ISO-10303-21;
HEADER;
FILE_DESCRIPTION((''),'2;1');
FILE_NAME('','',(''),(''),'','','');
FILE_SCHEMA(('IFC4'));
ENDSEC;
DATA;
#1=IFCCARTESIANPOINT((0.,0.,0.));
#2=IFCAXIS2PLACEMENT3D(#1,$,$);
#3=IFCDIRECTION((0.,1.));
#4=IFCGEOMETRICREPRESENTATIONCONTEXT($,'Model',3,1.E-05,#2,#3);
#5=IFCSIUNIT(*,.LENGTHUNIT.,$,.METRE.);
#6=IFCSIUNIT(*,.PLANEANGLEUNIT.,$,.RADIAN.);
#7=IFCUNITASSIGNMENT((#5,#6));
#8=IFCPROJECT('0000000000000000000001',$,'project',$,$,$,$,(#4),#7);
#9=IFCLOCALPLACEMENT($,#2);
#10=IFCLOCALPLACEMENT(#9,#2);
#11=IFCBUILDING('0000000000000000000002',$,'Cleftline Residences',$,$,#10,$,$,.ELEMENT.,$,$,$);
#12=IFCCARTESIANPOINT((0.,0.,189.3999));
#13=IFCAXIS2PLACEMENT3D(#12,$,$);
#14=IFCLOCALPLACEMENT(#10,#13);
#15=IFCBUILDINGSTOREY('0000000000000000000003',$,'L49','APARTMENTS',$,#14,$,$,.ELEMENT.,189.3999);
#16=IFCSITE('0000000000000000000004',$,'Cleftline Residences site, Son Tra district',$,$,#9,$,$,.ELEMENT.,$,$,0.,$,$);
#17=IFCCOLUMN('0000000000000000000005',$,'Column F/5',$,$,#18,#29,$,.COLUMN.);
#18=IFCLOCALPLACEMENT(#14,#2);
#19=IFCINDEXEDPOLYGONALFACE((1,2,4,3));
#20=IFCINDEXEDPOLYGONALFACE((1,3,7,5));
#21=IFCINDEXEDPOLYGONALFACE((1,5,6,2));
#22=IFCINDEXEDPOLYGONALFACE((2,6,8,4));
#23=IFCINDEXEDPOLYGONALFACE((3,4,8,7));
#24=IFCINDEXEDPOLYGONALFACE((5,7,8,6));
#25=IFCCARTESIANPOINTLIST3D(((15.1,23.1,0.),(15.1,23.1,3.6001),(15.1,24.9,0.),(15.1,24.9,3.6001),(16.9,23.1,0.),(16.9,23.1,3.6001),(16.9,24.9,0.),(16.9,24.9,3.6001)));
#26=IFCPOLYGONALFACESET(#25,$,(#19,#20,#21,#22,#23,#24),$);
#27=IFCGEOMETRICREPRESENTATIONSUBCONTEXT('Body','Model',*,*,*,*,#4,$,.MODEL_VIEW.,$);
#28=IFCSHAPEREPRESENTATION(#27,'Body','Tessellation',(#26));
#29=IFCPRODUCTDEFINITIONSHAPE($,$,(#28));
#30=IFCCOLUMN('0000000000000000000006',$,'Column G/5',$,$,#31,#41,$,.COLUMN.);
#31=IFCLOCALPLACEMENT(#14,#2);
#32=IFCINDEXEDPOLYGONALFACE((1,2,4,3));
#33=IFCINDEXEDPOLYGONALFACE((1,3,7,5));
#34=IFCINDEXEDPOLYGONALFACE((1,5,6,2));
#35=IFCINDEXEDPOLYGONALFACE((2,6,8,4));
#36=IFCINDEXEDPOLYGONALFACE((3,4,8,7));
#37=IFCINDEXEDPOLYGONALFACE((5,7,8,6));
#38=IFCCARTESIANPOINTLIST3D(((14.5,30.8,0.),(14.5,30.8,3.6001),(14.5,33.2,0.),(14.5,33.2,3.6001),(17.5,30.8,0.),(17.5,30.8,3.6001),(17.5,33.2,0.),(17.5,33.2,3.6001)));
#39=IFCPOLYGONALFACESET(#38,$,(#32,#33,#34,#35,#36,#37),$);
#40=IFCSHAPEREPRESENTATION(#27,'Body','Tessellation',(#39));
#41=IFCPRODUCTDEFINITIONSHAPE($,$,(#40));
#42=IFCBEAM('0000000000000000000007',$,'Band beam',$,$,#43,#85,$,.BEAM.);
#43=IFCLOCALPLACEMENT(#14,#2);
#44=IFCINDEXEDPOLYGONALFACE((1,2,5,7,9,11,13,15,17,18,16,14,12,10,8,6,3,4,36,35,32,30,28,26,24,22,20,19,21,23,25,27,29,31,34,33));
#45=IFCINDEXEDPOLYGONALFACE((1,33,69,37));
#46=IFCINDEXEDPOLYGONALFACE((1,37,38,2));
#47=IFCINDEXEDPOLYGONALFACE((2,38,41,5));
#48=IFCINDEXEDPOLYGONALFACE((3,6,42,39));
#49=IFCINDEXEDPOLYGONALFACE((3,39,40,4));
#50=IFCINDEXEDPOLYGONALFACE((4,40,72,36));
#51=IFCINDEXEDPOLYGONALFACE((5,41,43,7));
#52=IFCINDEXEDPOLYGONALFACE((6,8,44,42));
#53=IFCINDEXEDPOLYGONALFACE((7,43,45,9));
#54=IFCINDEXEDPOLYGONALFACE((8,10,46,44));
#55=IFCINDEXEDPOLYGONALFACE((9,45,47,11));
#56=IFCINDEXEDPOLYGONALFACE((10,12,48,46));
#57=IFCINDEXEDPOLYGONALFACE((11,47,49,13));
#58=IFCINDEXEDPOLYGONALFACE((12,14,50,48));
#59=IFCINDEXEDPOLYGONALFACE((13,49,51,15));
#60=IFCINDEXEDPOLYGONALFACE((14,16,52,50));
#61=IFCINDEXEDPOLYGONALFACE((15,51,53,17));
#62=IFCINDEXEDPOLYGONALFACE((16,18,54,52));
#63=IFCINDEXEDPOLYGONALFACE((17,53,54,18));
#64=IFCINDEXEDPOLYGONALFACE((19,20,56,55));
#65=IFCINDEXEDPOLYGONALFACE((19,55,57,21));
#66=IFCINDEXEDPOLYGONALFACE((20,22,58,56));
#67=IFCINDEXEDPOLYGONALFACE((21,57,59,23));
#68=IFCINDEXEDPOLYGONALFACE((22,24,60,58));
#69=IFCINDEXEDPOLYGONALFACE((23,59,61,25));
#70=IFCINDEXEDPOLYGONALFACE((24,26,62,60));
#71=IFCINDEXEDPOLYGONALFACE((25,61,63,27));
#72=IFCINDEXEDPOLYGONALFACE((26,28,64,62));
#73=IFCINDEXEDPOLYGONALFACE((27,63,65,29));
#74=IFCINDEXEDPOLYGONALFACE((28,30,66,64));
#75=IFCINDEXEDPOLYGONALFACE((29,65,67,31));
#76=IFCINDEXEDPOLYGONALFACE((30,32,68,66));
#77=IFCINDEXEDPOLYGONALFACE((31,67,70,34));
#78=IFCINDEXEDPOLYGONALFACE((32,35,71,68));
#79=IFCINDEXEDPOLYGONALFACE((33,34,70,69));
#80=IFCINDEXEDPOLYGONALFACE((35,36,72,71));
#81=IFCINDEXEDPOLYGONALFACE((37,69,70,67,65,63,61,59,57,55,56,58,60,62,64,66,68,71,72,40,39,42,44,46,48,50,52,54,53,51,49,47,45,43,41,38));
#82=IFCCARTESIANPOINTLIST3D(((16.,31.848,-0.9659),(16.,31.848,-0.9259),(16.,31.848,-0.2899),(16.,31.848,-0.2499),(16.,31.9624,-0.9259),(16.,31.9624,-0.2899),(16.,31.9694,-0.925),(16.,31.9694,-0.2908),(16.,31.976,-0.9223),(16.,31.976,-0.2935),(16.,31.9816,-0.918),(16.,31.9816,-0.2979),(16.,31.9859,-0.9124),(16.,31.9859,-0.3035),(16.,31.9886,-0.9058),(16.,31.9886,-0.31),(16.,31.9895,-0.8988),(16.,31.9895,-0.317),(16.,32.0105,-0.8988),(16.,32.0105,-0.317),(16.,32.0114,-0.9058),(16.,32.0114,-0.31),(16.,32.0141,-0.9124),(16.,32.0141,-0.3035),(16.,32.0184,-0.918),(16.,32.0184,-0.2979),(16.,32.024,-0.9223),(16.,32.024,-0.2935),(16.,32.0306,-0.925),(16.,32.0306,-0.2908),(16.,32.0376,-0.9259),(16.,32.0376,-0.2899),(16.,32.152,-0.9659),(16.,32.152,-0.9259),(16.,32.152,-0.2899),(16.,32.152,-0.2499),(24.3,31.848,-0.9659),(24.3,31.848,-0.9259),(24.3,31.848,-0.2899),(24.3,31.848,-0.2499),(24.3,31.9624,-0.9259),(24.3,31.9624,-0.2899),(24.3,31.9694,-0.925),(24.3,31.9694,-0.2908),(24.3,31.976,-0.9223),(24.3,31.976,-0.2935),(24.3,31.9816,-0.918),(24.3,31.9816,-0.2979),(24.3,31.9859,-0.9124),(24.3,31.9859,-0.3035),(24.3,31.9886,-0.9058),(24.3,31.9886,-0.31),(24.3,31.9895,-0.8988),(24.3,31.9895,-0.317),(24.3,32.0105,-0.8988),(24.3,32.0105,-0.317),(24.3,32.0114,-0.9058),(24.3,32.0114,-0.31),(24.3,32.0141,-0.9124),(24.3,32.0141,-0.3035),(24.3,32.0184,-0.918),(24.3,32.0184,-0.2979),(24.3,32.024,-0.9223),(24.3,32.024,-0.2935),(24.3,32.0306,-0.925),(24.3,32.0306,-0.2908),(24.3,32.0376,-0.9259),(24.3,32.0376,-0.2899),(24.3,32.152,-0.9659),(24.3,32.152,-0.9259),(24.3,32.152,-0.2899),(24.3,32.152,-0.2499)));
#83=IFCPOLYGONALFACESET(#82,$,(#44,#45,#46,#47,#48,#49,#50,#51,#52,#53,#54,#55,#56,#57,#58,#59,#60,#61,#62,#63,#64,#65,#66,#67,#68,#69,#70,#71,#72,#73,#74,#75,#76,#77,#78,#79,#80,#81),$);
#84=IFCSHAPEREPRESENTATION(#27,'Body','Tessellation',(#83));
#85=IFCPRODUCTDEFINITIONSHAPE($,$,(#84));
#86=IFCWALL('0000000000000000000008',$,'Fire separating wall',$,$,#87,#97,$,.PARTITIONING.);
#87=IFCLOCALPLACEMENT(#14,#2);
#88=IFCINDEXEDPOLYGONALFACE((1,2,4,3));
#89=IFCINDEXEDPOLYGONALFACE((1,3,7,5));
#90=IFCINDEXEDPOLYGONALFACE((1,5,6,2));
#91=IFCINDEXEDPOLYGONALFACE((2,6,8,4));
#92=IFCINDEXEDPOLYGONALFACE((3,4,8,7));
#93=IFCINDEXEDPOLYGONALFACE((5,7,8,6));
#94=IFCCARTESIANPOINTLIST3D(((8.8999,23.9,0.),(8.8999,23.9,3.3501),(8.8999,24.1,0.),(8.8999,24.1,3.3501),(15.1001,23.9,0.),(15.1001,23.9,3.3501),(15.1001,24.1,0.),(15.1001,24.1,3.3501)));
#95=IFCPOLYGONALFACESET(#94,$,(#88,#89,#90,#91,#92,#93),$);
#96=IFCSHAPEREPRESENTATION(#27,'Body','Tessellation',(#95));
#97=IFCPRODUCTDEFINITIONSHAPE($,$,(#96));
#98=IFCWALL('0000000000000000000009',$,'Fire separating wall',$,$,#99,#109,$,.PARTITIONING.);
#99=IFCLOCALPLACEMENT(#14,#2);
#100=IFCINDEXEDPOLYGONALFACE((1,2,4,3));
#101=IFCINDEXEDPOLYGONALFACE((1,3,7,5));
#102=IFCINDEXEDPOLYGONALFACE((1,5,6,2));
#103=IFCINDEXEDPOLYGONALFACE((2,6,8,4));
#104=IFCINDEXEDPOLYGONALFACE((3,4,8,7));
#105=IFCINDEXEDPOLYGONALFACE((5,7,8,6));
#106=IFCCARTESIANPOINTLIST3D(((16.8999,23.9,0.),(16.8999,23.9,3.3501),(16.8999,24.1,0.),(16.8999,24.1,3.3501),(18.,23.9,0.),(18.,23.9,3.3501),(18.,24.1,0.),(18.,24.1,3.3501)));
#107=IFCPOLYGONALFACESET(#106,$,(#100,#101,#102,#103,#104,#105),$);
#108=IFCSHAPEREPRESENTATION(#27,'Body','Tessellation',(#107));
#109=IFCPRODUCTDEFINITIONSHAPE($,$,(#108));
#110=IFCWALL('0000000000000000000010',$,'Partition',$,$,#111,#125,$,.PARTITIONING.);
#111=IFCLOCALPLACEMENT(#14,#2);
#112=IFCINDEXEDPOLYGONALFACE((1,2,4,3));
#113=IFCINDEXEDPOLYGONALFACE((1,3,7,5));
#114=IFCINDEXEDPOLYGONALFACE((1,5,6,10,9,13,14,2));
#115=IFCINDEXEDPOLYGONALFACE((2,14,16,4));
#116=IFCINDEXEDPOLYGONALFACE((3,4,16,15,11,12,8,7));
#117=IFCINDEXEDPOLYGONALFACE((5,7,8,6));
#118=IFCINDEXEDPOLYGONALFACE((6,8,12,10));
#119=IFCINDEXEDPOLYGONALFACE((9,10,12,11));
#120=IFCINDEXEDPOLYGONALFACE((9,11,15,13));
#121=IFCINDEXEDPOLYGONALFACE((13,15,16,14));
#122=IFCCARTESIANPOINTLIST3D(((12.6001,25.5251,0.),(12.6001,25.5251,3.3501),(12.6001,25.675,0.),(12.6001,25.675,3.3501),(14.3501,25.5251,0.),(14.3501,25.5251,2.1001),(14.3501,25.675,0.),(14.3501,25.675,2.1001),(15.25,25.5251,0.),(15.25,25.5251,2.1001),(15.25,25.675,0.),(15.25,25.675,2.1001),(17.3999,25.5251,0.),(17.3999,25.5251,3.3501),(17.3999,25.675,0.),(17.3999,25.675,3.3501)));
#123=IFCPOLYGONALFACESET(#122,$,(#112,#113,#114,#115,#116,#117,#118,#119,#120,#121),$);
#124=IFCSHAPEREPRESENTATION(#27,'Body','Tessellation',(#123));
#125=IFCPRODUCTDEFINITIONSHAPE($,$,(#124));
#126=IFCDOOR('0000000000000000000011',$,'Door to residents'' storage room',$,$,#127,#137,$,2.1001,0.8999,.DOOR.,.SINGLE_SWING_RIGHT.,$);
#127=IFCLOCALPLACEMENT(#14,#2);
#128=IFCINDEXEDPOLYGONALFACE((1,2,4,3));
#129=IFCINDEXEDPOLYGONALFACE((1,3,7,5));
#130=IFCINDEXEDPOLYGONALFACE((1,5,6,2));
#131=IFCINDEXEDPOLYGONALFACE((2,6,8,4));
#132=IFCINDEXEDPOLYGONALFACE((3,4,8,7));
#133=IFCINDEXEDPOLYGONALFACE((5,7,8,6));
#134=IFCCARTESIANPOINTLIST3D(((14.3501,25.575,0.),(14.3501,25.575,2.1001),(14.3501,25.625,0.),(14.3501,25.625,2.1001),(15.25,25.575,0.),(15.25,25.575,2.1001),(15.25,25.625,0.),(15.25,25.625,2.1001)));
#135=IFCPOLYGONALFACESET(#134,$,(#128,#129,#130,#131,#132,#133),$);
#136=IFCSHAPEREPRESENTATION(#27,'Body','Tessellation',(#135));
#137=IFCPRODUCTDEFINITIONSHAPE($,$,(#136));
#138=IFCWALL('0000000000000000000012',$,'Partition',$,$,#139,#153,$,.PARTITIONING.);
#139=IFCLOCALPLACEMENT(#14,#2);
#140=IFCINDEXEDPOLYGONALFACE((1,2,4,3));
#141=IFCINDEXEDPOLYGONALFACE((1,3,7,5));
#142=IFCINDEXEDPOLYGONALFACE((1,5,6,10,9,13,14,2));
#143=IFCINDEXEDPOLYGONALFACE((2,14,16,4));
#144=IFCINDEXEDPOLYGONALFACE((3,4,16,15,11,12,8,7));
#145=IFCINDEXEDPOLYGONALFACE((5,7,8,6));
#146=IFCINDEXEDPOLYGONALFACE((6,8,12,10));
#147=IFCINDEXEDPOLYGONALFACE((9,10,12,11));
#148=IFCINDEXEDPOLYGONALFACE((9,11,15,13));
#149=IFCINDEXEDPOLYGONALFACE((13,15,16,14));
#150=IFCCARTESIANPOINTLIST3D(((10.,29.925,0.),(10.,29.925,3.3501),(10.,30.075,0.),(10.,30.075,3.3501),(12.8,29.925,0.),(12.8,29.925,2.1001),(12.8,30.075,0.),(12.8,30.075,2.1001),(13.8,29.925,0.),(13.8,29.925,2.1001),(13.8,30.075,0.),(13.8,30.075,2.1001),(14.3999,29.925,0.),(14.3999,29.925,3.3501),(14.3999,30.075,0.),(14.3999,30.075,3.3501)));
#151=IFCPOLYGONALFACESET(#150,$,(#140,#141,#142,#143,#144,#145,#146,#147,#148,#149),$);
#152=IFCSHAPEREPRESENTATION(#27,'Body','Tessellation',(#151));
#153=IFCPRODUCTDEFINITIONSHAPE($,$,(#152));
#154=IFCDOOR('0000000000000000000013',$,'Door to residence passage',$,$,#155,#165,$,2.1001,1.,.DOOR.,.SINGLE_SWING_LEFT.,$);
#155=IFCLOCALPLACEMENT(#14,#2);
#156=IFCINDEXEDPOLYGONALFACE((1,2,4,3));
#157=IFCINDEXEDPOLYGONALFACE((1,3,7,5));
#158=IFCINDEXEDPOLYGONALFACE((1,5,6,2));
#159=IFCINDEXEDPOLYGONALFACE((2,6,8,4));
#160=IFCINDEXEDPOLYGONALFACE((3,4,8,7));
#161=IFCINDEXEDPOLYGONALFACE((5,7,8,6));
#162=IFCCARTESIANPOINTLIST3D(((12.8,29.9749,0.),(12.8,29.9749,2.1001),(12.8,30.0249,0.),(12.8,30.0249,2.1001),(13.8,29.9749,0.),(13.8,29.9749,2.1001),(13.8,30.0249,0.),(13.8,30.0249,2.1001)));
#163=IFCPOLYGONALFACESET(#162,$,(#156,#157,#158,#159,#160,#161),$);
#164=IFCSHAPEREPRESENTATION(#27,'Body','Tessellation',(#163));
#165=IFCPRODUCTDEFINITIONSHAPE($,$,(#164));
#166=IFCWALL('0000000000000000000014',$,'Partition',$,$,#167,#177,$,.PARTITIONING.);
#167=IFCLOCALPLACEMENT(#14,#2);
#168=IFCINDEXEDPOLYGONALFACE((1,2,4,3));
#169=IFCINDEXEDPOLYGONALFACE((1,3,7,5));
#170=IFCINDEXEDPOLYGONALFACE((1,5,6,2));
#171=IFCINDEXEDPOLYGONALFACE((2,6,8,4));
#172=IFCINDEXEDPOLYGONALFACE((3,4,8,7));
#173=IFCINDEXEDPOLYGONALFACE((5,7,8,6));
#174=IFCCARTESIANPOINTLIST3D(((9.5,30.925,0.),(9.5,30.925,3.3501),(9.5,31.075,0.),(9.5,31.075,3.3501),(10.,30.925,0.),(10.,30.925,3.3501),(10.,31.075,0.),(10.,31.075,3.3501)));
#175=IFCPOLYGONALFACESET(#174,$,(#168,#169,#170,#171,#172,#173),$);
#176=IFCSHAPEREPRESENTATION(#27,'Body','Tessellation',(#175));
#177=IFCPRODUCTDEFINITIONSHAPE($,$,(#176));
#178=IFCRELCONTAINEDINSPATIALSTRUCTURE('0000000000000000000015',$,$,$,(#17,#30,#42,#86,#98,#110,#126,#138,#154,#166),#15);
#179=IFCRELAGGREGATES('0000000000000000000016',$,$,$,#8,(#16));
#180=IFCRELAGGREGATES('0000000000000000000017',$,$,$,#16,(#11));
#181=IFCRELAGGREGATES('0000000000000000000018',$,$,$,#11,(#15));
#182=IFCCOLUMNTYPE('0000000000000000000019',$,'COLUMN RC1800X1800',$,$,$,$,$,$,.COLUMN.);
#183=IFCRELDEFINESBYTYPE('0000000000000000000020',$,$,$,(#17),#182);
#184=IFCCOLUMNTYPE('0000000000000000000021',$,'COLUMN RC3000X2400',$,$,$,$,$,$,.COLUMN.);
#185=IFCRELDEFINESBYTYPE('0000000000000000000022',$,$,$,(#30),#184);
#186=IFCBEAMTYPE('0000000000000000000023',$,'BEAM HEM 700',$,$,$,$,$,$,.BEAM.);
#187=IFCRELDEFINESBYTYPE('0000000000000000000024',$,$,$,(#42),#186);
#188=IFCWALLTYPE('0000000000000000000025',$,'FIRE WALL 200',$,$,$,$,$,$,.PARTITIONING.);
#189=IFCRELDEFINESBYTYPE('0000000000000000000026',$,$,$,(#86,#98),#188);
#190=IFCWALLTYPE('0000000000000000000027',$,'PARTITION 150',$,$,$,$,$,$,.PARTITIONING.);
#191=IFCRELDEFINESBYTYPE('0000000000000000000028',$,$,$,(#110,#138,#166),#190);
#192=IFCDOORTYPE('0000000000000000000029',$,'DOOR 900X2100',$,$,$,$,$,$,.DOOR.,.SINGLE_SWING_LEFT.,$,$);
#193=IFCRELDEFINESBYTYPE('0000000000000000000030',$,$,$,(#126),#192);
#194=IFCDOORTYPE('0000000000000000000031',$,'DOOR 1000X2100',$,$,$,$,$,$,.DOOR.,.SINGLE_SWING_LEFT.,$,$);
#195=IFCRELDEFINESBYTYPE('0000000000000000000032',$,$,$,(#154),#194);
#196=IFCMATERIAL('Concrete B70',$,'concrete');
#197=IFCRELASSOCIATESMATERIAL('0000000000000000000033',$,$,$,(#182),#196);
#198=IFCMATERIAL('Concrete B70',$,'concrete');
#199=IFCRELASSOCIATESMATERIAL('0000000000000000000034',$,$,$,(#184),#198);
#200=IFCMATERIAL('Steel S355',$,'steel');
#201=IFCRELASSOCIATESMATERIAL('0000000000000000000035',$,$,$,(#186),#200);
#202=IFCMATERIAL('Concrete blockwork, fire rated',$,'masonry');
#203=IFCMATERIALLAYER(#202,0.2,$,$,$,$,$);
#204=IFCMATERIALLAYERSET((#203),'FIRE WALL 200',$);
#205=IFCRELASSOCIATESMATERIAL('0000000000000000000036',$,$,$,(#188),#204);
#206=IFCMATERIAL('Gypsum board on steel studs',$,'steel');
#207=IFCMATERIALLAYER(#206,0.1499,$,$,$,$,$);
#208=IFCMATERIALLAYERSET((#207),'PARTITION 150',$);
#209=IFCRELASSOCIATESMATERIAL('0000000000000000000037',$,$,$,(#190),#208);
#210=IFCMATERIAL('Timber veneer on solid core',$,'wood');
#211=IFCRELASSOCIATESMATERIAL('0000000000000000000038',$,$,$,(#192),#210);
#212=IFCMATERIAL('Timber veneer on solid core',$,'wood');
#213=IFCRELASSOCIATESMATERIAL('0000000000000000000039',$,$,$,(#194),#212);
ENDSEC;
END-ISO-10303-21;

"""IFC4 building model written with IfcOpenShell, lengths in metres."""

from ifc_helpers import new_model, si_unit, direction, frame, frame_2d, origin, origin_2d, place, context, subcontext, project, spatial, rectangle, i_section, extrude, material, layer, layer_set, material_profile, profile_set, type_object, element, fill, save


model = new_model("IFC4")

# Units and contexts
model_context = context("Model", 3, precision=1e-05, world=origin(), true_north=direction((0.0, 1.0)))
body_context = subcontext(model_context, "Body", "Model", "MODEL_VIEW")
ifc_project = project(units=[si_unit("LENGTHUNIT", "METRE"), si_unit("PLANEANGLEUNIT", "RADIAN")], contexts=[model_context])

# Site, building, storey
site_placement = place(None, origin())
site = spatial("IfcSite", under=ifc_project, at=site_placement, Name="Cleftline Residences site, Son Tra district", CompositionType="ELEMENT", RefElevation=0.0)
building_placement = place(site_placement, origin())
building = spatial("IfcBuilding", under=site, at=building_placement, Name="Cleftline Residences", CompositionType="ELEMENT")
storey_placement = place(building_placement, frame((0.0, 0.0, 189.3999)))
storey = spatial("IfcBuildingStorey", under=building, at=storey_placement, Name="L49", Description="APARTMENTS", CompositionType="ELEMENT", Elevation=189.3999)

# Columns
ifc_material_1 = material(Name="Concrete B70", Category="concrete")
ifc_material_profile_1 = material_profile(ifc_material_1, rectangle(XDim=1.8, YDim=1.8, at=origin_2d()))
ifc_profile_set_1 = profile_set([ifc_material_profile_1], Name="Concrete B70")
column_type_1 = type_object("IfcColumnType", Name="COLUMN RC1800X1800", PredefinedType="COLUMN", material=ifc_profile_set_1)
column_1_placement = place(storey_placement, frame((16.0, 24.0, 0.0), z_axis=(0.0, 0.0, 1.0), x_axis=(1.0, 0.0, 0.0)))
element("IfcColumn", 1, at=column_1_placement, inside=storey, type_object=column_type_1, Name="Column F/5", PredefinedType="COLUMN", context=body_context, shape_type="SweptSolid", body=[
    extrude(rectangle(XDim=1.8, YDim=1.8, at=origin_2d()), origin(), (0.0, 0.0, 1.0), 3.6001),
])
ifc_material_2 = material(Name="Concrete B70", Category="concrete")
ifc_material_profile_2 = material_profile(ifc_material_2, rectangle(XDim=3.0, YDim=2.3999, at=origin_2d()))
ifc_profile_set_2 = profile_set([ifc_material_profile_2], Name="Concrete B70")
column_type_2 = type_object("IfcColumnType", Name="COLUMN RC3000X2400", PredefinedType="COLUMN", material=ifc_profile_set_2)
column_2_placement = place(storey_placement, frame((16.0, 32.0, 0.0), z_axis=(0.0, 0.0, 1.0), x_axis=(1.0, 0.0, 0.0)))
element("IfcColumn", 2, at=column_2_placement, inside=storey, type_object=column_type_2, Name="Column G/5", PredefinedType="COLUMN", context=body_context, shape_type="SweptSolid", body=[
    extrude(rectangle(XDim=3.0, YDim=2.3999, at=origin_2d()), origin(), (0.0, 0.0, 1.0), 3.6001),
])

# Beam
ifc_material_3 = material(Name="Steel S355", Category="steel")
ifc_material_profile_3 = material_profile(ifc_material_3, i_section(OverallWidth=0.304, OverallDepth=0.7161, WebThickness=0.021, FlangeThickness=0.04, FilletRadius=0.0271, at=origin_2d()))
ifc_profile_set_3 = profile_set([ifc_material_profile_3], Name="Steel S355")
beam_type = type_object("IfcBeamType", Name="BEAM HEM 700", PredefinedType="BEAM", material=ifc_profile_set_3)
beam_placement = place(storey_placement, frame((16.0, 32.0, -0.6079), z_axis=(1.0, 0.0, 0.0), x_axis=(0.0, 1.0, 0.0)))
element("IfcBeam", 3, at=beam_placement, inside=storey, type_object=beam_type, Name="Band beam", PredefinedType="BEAM", context=body_context, shape_type="SweptSolid", body=[
    extrude(i_section(OverallWidth=0.304, OverallDepth=0.7161, WebThickness=0.021, FlangeThickness=0.04, FilletRadius=0.0271, at=origin_2d()), origin(), (0.0, 0.0, 1.0), 8.3),
])

# Walls
ifc_material_4 = material(Name="Concrete blockwork, fire rated", Category="masonry")
ifc_layer_1 = layer(ifc_material_4, 0.2)
ifc_layer_set_1 = layer_set([ifc_layer_1], Name="FIRE WALL 200")
wall_type_1 = type_object("IfcWallType", Name="FIRE WALL 200", PredefinedType="PARTITIONING", material=ifc_layer_set_1)
wall_1_placement = place(storey_placement, frame((8.8999, 24.0, 0.0), z_axis=(0.0, 0.0, 1.0), x_axis=(1.0, 0.0, 0.0)))
element("IfcWall", 4, at=wall_1_placement, inside=storey, type_object=wall_type_1, Name="Fire separating wall", PredefinedType="PARTITIONING", context=body_context, shape_type="SweptSolid", body=[
    extrude(rectangle(XDim=6.2002, YDim=0.2, at=frame_2d((3.1001, 0.0))), origin(), (0.0, 0.0, 1.0), 3.3501),
])
wall_2_placement = place(storey_placement, frame((16.8999, 24.0, 0.0), z_axis=(0.0, 0.0, 1.0), x_axis=(1.0, 0.0, 0.0)))
element("IfcWall", 5, at=wall_2_placement, inside=storey, type_object=wall_type_1, Name="Fire separating wall", PredefinedType="PARTITIONING", context=body_context, shape_type="SweptSolid", body=[
    extrude(rectangle(XDim=1.1001, YDim=0.2, at=frame_2d((0.55, 0.0))), origin(), (0.0, 0.0, 1.0), 3.3501),
])

# Walls, openings, doors
ifc_material_5 = material(Name="Gypsum board on steel studs", Category="steel")
ifc_layer_2 = layer(ifc_material_5, 0.1499)
ifc_layer_set_2 = layer_set([ifc_layer_2], Name="PARTITION 150")
wall_type_2 = type_object("IfcWallType", Name="PARTITION 150", PredefinedType="PARTITIONING", material=ifc_layer_set_2)
wall_3_placement = place(storey_placement, frame((12.6001, 25.6001, 0.0), z_axis=(0.0, 0.0, 1.0), x_axis=(1.0, 0.0, 0.0)))
wall_3 = element("IfcWall", 6, at=wall_3_placement, inside=storey, type_object=wall_type_2, Name="Partition", PredefinedType="PARTITIONING", context=body_context, shape_type="SweptSolid", body=[
    extrude(rectangle(XDim=4.7998, YDim=0.1499, at=frame_2d((2.3999, 0.0))), origin(), (0.0, 0.0, 1.0), 3.3501),
])
opening_1_placement = place(wall_3_placement, frame((1.75, 0.0, 0.0)))
opening_1 = element("IfcOpeningElement", 7, at=opening_1_placement, cuts=wall_3, PredefinedType="OPENING", context=body_context, shape_type="SweptSolid", body=[
    extrude(rectangle(XDim=0.8999, YDim=2.1001, at=frame_2d((0.45, 1.05))), frame((0.0, 0.085, 0.0), z_axis=(0.0, -1.0, 0.0), x_axis=(1.0, 0.0, 0.0)), (0.0, 0.0, 1.0), 0.1699),
])
ifc_material_6 = material(Name="Timber veneer on solid core", Category="wood")
door_type_1 = type_object("IfcDoorType", Name="DOOR 900X2100", OperationType="SINGLE_SWING_LEFT", PredefinedType="DOOR", material=ifc_material_6)
door_1_placement = place(opening_1_placement, origin())
door_1 = element("IfcDoor", 8, at=door_1_placement, inside=storey, type_object=door_type_1, Name="Door to residents' storage room", OperationType="SINGLE_SWING_RIGHT", OverallHeight=2.1001, OverallWidth=0.8999, PredefinedType="DOOR", context=body_context, shape_type="SweptSolid", body=[
    extrude(rectangle(XDim=0.8999, YDim=2.1001, at=frame_2d((0.45, 1.05))), frame((0.0, 0.0249, 0.0), z_axis=(0.0, -1.0, 0.0), x_axis=(1.0, 0.0, 0.0)), (0.0, 0.0, 1.0), 0.05),
])
fill(opening_1, door_1)
wall_4_placement = place(storey_placement, frame((10.0, 30.0, 0.0), z_axis=(0.0, 0.0, 1.0), x_axis=(1.0, 0.0, 0.0)))
wall_4 = element("IfcWall", 9, at=wall_4_placement, inside=storey, type_object=wall_type_2, Name="Partition", PredefinedType="PARTITIONING", context=body_context, shape_type="SweptSolid", body=[
    extrude(rectangle(XDim=4.3999, YDim=0.1499, at=frame_2d((2.2, 0.0))), origin(), (0.0, 0.0, 1.0), 3.3501),
])
opening_2_placement = place(wall_4_placement, frame((2.8, 0.0, 0.0)))
opening_2 = element("IfcOpeningElement", 10, at=opening_2_placement, cuts=wall_4, PredefinedType="OPENING", context=body_context, shape_type="SweptSolid", body=[
    extrude(rectangle(XDim=1.0, YDim=2.1001, at=frame_2d((0.5, 1.05))), frame((0.0, 0.085, 0.0), z_axis=(0.0, -1.0, 0.0), x_axis=(1.0, 0.0, 0.0)), (0.0, 0.0, 1.0), 0.1699),
])
ifc_material_7 = material(Name="Timber veneer on solid core", Category="wood")
door_type_2 = type_object("IfcDoorType", Name="DOOR 1000X2100", OperationType="SINGLE_SWING_LEFT", PredefinedType="DOOR", material=ifc_material_7)
door_2_placement = place(opening_2_placement, origin())
door_2 = element("IfcDoor", 11, at=door_2_placement, inside=storey, type_object=door_type_2, Name="Door to residence passage", OperationType="SINGLE_SWING_LEFT", OverallHeight=2.1001, OverallWidth=1.0, PredefinedType="DOOR", context=body_context, shape_type="SweptSolid", body=[
    extrude(rectangle(XDim=1.0, YDim=2.1001, at=frame_2d((0.5, 1.05))), frame((0.0, 0.0249, 0.0), z_axis=(0.0, -1.0, 0.0), x_axis=(1.0, 0.0, 0.0)), (0.0, 0.0, 1.0), 0.05),
])
fill(opening_2, door_2)

# Wall
wall_5_placement = place(storey_placement, frame((9.5, 31.0, 0.0), z_axis=(0.0, 0.0, 1.0), x_axis=(1.0, 0.0, 0.0)))
element("IfcWall", 12, at=wall_5_placement, inside=storey, type_object=wall_type_2, Name="Partition", PredefinedType="PARTITIONING", context=body_context, shape_type="SweptSolid", body=[
    extrude(rectangle(XDim=0.5, YDim=0.1499, at=frame_2d((0.25, 0.0))), origin(), (0.0, 0.0, 1.0), 3.3501),
])

save(model, "model.ifc")
